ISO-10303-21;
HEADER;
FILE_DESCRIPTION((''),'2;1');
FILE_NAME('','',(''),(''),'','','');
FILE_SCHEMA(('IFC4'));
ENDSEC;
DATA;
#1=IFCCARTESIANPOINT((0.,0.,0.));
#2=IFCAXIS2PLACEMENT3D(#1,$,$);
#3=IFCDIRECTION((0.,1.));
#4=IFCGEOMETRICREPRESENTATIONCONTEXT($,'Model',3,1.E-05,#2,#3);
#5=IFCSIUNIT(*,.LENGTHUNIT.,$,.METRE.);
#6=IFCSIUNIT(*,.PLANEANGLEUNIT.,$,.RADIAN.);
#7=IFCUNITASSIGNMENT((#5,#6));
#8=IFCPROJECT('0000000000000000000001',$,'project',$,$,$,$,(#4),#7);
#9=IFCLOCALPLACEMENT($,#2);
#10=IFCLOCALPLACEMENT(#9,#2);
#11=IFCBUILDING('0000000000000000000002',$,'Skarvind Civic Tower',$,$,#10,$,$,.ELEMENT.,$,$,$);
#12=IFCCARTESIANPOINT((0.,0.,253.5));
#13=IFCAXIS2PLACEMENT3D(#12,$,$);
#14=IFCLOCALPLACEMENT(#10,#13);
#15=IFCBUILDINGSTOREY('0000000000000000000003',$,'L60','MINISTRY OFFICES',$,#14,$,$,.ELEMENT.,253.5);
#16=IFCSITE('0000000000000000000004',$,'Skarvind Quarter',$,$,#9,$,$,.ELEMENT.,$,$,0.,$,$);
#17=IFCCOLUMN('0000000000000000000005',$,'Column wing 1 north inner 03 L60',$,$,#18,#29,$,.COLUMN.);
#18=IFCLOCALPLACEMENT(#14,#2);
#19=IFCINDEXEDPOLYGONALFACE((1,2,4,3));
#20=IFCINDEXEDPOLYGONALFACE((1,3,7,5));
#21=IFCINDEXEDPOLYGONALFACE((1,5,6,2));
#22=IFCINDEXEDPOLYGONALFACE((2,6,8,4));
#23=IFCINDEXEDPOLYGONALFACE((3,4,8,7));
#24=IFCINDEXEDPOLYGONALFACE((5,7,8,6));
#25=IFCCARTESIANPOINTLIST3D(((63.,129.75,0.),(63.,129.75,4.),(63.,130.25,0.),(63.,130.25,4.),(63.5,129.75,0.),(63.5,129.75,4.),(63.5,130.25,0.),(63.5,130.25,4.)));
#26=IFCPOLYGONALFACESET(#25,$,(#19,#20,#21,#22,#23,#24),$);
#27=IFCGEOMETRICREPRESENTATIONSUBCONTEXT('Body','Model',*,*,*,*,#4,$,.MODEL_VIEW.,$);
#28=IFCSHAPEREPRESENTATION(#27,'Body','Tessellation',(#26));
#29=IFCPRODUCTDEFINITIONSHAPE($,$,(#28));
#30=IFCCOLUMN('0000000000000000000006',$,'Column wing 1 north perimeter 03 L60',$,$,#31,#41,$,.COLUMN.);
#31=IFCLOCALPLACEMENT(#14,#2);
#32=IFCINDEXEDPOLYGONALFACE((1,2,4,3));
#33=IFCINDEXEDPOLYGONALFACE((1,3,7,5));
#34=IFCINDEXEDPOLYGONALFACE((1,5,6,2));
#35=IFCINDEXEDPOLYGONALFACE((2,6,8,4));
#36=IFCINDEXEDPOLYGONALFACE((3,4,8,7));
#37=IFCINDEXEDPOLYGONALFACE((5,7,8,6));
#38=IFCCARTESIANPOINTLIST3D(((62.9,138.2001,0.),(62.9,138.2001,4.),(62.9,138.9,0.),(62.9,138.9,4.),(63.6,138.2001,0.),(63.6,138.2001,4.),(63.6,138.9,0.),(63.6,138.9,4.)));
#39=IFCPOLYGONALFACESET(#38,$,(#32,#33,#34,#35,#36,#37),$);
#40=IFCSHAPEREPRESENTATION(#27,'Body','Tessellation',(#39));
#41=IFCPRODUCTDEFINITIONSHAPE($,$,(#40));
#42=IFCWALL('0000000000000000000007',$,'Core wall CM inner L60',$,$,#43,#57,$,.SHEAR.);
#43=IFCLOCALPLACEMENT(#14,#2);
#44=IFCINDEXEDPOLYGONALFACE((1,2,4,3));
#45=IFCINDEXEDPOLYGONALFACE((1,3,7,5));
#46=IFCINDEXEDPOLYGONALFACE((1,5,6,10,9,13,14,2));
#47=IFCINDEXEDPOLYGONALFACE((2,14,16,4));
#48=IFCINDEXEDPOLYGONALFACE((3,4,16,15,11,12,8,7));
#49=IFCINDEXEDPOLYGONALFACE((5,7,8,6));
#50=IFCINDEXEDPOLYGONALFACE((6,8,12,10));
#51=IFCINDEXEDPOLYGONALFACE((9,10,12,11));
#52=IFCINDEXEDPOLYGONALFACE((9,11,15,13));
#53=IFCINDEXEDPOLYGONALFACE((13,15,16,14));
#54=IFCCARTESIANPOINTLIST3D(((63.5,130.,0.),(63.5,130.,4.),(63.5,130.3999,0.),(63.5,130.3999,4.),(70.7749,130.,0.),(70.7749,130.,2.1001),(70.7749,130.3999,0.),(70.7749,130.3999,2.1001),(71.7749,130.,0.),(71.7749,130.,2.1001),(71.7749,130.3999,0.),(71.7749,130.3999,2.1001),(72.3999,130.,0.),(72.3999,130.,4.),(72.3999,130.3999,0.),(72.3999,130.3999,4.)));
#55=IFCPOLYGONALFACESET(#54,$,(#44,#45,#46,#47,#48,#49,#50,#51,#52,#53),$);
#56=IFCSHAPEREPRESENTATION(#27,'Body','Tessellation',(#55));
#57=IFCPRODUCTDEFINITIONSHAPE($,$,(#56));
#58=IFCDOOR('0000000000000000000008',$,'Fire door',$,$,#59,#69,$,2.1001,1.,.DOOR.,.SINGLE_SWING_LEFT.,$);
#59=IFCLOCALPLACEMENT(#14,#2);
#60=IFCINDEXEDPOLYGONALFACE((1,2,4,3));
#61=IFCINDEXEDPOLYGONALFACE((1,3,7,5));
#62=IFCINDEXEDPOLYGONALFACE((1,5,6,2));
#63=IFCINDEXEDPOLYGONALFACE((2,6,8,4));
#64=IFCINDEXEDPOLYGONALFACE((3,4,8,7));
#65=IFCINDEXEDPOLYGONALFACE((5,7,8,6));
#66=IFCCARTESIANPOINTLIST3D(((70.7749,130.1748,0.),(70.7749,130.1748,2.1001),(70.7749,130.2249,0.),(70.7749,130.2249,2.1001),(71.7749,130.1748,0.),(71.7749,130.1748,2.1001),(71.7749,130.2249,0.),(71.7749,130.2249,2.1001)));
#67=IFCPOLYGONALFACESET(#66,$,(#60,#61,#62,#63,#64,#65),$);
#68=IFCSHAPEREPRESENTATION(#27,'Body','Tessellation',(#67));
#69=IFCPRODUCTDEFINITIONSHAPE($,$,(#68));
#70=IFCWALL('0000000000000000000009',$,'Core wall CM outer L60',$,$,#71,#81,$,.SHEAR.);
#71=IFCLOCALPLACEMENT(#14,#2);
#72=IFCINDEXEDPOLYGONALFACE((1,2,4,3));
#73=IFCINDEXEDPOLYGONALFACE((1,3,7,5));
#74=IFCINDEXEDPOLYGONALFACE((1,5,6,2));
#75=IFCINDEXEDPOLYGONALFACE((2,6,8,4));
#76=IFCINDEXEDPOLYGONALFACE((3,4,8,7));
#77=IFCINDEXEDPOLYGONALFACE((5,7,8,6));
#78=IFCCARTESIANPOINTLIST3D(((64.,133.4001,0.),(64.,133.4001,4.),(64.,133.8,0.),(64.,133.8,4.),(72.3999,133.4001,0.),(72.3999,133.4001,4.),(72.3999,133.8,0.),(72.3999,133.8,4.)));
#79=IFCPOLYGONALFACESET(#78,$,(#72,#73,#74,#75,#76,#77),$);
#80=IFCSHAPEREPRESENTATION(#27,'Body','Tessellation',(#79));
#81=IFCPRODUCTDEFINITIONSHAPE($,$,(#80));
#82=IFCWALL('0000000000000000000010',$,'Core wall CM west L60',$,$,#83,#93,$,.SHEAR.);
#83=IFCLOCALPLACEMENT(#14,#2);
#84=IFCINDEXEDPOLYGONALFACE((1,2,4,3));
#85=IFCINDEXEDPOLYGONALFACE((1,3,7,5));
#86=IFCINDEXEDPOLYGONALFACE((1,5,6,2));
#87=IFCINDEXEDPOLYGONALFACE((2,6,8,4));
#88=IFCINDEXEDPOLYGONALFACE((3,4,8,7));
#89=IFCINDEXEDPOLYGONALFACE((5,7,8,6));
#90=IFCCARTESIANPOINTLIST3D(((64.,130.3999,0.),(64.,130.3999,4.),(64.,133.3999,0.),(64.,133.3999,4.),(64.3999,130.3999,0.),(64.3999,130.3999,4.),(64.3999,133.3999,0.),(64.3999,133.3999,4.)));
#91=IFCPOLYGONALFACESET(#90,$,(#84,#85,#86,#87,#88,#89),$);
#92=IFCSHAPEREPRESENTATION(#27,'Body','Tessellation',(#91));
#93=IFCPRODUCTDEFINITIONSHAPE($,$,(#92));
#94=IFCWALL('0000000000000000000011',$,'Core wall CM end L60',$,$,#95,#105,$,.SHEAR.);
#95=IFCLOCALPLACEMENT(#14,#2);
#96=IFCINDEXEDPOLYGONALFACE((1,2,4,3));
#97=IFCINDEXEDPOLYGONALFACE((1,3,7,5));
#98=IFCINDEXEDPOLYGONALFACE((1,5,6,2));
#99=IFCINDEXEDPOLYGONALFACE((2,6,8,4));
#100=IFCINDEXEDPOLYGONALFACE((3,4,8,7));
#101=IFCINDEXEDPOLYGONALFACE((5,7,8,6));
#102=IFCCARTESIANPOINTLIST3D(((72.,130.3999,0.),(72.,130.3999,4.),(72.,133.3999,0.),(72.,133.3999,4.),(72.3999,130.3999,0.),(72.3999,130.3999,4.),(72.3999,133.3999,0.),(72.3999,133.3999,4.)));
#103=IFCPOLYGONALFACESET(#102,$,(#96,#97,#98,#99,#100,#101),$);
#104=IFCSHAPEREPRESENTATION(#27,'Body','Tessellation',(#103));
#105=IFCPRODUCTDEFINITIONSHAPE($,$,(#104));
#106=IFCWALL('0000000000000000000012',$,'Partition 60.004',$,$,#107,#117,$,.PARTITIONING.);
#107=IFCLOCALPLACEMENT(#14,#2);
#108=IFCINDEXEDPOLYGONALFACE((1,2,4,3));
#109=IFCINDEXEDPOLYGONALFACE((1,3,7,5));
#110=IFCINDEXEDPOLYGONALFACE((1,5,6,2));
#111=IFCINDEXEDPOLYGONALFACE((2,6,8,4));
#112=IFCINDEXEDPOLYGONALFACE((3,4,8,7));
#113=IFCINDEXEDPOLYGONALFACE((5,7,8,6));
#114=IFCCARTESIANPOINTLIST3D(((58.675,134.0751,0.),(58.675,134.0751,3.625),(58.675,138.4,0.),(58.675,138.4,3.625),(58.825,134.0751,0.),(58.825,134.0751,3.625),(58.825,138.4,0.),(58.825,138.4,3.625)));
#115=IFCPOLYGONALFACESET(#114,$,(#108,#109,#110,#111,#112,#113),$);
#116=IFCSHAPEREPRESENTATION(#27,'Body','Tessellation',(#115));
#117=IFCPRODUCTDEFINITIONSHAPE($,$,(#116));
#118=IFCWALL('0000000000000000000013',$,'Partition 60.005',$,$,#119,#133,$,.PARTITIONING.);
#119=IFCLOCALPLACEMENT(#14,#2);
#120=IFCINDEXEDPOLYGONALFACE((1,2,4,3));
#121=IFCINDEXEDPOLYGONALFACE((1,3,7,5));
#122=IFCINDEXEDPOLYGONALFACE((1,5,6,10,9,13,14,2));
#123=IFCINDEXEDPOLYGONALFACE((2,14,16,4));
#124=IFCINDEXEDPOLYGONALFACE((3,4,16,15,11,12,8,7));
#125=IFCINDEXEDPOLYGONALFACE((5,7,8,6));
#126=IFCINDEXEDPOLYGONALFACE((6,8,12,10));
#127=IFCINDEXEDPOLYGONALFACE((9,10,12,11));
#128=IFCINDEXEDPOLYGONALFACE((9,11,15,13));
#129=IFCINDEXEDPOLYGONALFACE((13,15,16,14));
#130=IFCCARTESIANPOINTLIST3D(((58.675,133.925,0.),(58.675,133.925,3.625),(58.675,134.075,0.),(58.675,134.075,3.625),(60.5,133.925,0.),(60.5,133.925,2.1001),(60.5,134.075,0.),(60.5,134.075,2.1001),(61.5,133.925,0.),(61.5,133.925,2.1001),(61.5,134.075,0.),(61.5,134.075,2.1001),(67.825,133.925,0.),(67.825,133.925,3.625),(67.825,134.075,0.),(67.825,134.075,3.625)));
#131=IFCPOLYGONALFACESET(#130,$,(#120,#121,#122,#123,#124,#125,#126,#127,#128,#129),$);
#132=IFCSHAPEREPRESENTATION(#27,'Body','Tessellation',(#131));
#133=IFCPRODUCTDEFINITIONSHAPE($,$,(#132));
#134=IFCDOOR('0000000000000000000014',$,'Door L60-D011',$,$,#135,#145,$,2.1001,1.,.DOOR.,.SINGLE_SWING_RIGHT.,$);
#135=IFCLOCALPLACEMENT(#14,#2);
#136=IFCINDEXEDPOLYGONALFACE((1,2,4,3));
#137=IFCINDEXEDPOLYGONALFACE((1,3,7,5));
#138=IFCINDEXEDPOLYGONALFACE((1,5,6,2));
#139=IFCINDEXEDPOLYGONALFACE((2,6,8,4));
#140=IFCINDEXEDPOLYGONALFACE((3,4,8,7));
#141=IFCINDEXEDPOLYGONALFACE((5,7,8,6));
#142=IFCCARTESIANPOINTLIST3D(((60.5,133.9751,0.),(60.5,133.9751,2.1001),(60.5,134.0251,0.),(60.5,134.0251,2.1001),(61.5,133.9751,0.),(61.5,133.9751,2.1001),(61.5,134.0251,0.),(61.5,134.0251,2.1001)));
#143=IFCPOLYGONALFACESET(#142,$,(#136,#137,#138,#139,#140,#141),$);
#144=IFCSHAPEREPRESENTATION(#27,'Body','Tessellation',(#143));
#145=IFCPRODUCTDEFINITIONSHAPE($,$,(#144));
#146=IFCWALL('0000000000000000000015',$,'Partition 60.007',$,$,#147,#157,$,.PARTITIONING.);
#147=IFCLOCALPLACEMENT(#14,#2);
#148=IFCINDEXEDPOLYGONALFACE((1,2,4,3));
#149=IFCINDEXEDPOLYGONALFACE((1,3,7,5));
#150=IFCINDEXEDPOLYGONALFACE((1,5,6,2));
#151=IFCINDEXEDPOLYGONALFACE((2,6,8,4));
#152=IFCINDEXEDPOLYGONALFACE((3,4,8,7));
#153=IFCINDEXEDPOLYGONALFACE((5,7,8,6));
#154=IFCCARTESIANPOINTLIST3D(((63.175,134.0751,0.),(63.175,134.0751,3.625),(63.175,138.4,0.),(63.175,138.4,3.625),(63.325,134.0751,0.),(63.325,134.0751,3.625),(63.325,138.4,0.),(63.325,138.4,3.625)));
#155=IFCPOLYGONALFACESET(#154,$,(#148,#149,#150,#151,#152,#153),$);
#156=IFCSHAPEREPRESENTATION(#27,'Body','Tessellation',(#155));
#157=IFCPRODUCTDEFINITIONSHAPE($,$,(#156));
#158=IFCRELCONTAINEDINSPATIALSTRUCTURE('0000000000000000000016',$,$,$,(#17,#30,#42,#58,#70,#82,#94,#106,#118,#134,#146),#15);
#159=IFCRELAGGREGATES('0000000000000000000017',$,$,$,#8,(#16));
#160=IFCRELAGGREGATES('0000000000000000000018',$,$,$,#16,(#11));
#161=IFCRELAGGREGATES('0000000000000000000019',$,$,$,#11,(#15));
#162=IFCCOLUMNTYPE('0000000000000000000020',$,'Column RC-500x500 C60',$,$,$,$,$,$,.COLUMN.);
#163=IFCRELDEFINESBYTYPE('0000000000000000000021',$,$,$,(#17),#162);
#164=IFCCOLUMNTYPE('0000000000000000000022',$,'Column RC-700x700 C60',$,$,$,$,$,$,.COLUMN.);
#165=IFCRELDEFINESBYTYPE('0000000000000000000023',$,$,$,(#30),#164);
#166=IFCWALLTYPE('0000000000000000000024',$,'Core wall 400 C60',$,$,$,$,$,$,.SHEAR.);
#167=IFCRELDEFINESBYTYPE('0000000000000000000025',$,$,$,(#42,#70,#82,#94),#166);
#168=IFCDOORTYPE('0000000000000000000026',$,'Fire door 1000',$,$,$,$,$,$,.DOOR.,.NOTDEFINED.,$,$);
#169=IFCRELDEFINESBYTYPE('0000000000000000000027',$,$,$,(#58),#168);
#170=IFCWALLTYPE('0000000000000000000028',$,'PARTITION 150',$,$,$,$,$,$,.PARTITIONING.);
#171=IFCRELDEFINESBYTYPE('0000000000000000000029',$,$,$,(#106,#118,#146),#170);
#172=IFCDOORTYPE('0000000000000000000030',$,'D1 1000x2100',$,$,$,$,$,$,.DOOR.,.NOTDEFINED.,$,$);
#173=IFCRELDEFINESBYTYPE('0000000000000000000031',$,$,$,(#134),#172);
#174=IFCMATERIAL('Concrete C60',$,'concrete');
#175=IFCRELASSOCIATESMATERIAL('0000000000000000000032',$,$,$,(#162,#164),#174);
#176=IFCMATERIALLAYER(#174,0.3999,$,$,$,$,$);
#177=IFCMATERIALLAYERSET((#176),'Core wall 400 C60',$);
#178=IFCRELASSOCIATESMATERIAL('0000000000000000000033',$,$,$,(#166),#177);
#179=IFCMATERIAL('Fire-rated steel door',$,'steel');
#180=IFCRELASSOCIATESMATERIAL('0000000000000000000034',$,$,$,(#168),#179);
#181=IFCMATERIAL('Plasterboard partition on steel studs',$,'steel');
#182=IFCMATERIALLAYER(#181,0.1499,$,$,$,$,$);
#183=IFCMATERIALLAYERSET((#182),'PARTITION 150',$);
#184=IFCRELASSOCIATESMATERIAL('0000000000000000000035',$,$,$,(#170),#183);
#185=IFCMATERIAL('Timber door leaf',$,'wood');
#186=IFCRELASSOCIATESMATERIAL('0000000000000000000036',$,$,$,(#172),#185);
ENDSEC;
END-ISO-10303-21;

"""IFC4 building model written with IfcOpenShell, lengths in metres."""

from ifc_helpers import new_model, si_unit, direction, frame, frame_2d, origin, origin_2d, place, context, subcontext, project, spatial, rectangle, extrude, material, layer, layer_set, material_profile, profile_set, type_object, element, fill, save


model = new_model("IFC4")

# Units and contexts
model_context = context("Model", 3, precision=1e-05, world=origin(), true_north=direction((0.0, 1.0)))
body_context = subcontext(model_context, "Body", "Model", "MODEL_VIEW")
ifc_project = project(units=[si_unit("LENGTHUNIT", "METRE"), si_unit("PLANEANGLEUNIT", "RADIAN")], contexts=[model_context])

# Site, building, storey
site_placement = place(None, origin())
site = spatial("IfcSite", under=ifc_project, at=site_placement, Name="Skarvind Quarter", CompositionType="ELEMENT", RefElevation=0.0)
building_placement = place(site_placement, origin())
building = spatial("IfcBuilding", under=site, at=building_placement, Name="Skarvind Civic Tower", CompositionType="ELEMENT")
storey_placement = place(building_placement, frame((0.0, 0.0, 253.5)))
storey = spatial("IfcBuildingStorey", under=building, at=storey_placement, Name="L60", Description="MINISTRY OFFICES", CompositionType="ELEMENT", Elevation=253.5)

# Columns
ifc_material_1 = material(Name="Concrete C60", Category="concrete")
ifc_material_profile_1 = material_profile(ifc_material_1, rectangle(XDim=0.5, YDim=0.5, at=origin_2d()), Name="RC-500x500")
ifc_profile_set_1 = profile_set([ifc_material_profile_1], Name="Concrete C60")
column_type_1 = type_object("IfcColumnType", Name="Column RC-500x500 C60", PredefinedType="COLUMN", material=ifc_profile_set_1)
column_1_placement = place(storey_placement, frame((63.25, 130.0, 0.0), z_axis=(0.0, 0.0, 1.0), x_axis=(1.0, 0.0, 0.0)))
element("IfcColumn", 1, at=column_1_placement, inside=storey, type_object=column_type_1, Name="Column wing 1 north inner 03 L60", PredefinedType="COLUMN", context=body_context, shape_type="SweptSolid", body=[
    extrude(rectangle(XDim=0.5, YDim=0.5, at=origin_2d()), origin(), (0.0, 0.0, 1.0), 4.0),
])
ifc_material_profile_2 = material_profile(ifc_material_1, rectangle(XDim=0.7, YDim=0.7, at=origin_2d()), Name="RC-700x700")
ifc_profile_set_2 = profile_set([ifc_material_profile_2], Name="Concrete C60")
column_type_2 = type_object("IfcColumnType", Name="Column RC-700x700 C60", PredefinedType="COLUMN", material=ifc_profile_set_2)
column_2_placement = place(storey_placement, frame((63.25, 138.55, 0.0), z_axis=(0.0, 0.0, 1.0), x_axis=(1.0, 0.0, 0.0)))
element("IfcColumn", 2, at=column_2_placement, inside=storey, type_object=column_type_2, Name="Column wing 1 north perimeter 03 L60", PredefinedType="COLUMN", context=body_context, shape_type="SweptSolid", body=[
    extrude(rectangle(XDim=0.7, YDim=0.7, at=origin_2d()), origin(), (0.0, 0.0, 1.0), 4.0),
])

# Wall, opening, door
ifc_layer_1 = layer(ifc_material_1, 0.3999)
ifc_layer_set_1 = layer_set([ifc_layer_1], Name="Core wall 400 C60")
wall_type_1 = type_object("IfcWallType", Name="Core wall 400 C60", PredefinedType="SHEAR", material=ifc_layer_set_1)
wall_1_placement = place(storey_placement, frame((63.5, 130.2, 0.0), z_axis=(0.0, 0.0, 1.0), x_axis=(1.0, 0.0, 0.0)))
wall_1 = element("IfcWall", 3, at=wall_1_placement, inside=storey, type_object=wall_type_1, Name="Core wall CM inner L60", PredefinedType="SHEAR", context=body_context, shape_type="SweptSolid", body=[
    extrude(rectangle(XDim=8.8999, YDim=0.3999, at=frame_2d((4.45, 0.0))), origin(), (0.0, 0.0, 1.0), 4.0),
])
opening_1_placement = place(wall_1_placement, frame((7.2749, 0.0, 0.0)))
opening_1 = element("IfcOpeningElement", 4, at=opening_1_placement, cuts=wall_1, PredefinedType="OPENING", context=body_context, shape_type="SweptSolid", body=[
    extrude(rectangle(XDim=1.0, YDim=2.1001, at=frame_2d((0.5, 1.05))), frame((0.0, 0.21, 0.0), z_axis=(0.0, -1.0, 0.0), x_axis=(1.0, 0.0, 0.0)), (0.0, 0.0, 1.0), 0.4199),
])
ifc_material_2 = material(Name="Fire-rated steel door", Category="steel")
door_type_1 = type_object("IfcDoorType", Name="Fire door 1000", OperationType="NOTDEFINED", PredefinedType="DOOR", material=ifc_material_2)
door_1_placement = place(opening_1_placement, origin())
door_1 = element("IfcDoor", 5, at=door_1_placement, inside=storey, type_object=door_type_1, Name="Fire door", OperationType="SINGLE_SWING_LEFT", OverallHeight=2.1001, OverallWidth=1.0, PredefinedType="DOOR", context=body_context, shape_type="SweptSolid", body=[
    extrude(rectangle(XDim=1.0, YDim=2.1001, at=frame_2d((0.5, 1.05))), frame((0.0, 0.0249, 0.0), z_axis=(0.0, -1.0, 0.0), x_axis=(1.0, 0.0, 0.0)), (0.0, 0.0, 1.0), 0.05),
])
fill(opening_1, door_1)

# Walls
wall_2_placement = place(storey_placement, frame((64.0, 133.6001, 0.0), z_axis=(0.0, 0.0, 1.0), x_axis=(1.0, 0.0, 0.0)))
element("IfcWall", 6, at=wall_2_placement, inside=storey, type_object=wall_type_1, Name="Core wall CM outer L60", PredefinedType="SHEAR", context=body_context, shape_type="SweptSolid", body=[
    extrude(rectangle(XDim=8.3999, YDim=0.3999, at=frame_2d((4.2, 0.0))), origin(), (0.0, 0.0, 1.0), 4.0),
])
for number, where, z_axis, x_axis, name in (
    (7, (64.2, 130.3999, 0.0), (0.0, 0.0, 1.0), (0.0, 1.0, 0.0), "Core wall CM west L60"),
    (8, (72.2, 130.3999, 0.0), (0.0, 0.0, 1.0), (0.0, 1.0, 0.0), "Core wall CM end L60"),
):
    element("IfcWall", number, at=place(storey_placement, frame(where, z_axis=z_axis, x_axis=x_axis)), inside=storey, type_object=wall_type_1, Name=name, PredefinedType="SHEAR", context=body_context, shape_type="SweptSolid", body=[
        extrude(rectangle(XDim=3.0, YDim=0.3999, at=frame_2d((1.5, 0.0))), origin(), (0.0, 0.0, 1.0), 4.0),
    ])
ifc_material_3 = material(Name="Plasterboard partition on steel studs", Category="steel")
ifc_layer_2 = layer(ifc_material_3, 0.1499)
ifc_layer_set_2 = layer_set([ifc_layer_2], Name="PARTITION 150")
wall_type_2 = type_object("IfcWallType", Name="PARTITION 150", PredefinedType="PARTITIONING", material=ifc_layer_set_2)
wall_3_placement = place(storey_placement, frame((58.75, 134.075, 0.0), z_axis=(0.0, 0.0, 1.0), x_axis=(0.0, 1.0, 0.0)))
element("IfcWall", 9, at=wall_3_placement, inside=storey, type_object=wall_type_2, Name="Partition 60.004", PredefinedType="PARTITIONING", context=body_context, shape_type="SweptSolid", body=[
    extrude(rectangle(XDim=4.325, YDim=0.1499, at=frame_2d((2.1626, 0.0))), origin(), (0.0, 0.0, 1.0), 3.625),
])

# Wall, opening, door
wall_4_placement = place(storey_placement, frame((67.825, 134.0, 0.0), z_axis=(0.0, 0.0, 1.0), x_axis=(-1.0, 0.0, 0.0)))
wall_4 = element("IfcWall", 10, at=wall_4_placement, inside=storey, type_object=wall_type_2, Name="Partition 60.005", PredefinedType="PARTITIONING", context=body_context, shape_type="SweptSolid", body=[
    extrude(rectangle(XDim=9.1499, YDim=0.1499, at=frame_2d((4.575, 0.0))), origin(), (0.0, 0.0, 1.0), 3.625),
])
opening_2_placement = place(wall_4_placement, frame((6.325, 0.0, 0.0)))
opening_2 = element("IfcOpeningElement", 11, at=opening_2_placement, cuts=wall_4, PredefinedType="OPENING", context=body_context, shape_type="SweptSolid", body=[
    extrude(rectangle(XDim=1.0, YDim=2.1001, at=frame_2d((0.5, 1.05))), frame((0.0, 0.085, 0.0), z_axis=(0.0, -1.0, 0.0), x_axis=(1.0, 0.0, 0.0)), (0.0, 0.0, 1.0), 0.1699),
])
ifc_material_4 = material(Name="Timber door leaf", Category="wood")
door_type_2 = type_object("IfcDoorType", Name="D1 1000x2100", OperationType="NOTDEFINED", PredefinedType="DOOR", material=ifc_material_4)
door_2_placement = place(opening_2_placement, origin())
door_2 = element("IfcDoor", 12, at=door_2_placement, inside=storey, type_object=door_type_2, Name="Door L60-D011", OperationType="SINGLE_SWING_RIGHT", OverallHeight=2.1001, OverallWidth=1.0, PredefinedType="DOOR", context=body_context, shape_type="SweptSolid", body=[
    extrude(rectangle(XDim=1.0, YDim=2.1001, at=frame_2d((0.5, 1.05))), frame((0.0, 0.0249, 0.0), z_axis=(0.0, -1.0, 0.0), x_axis=(1.0, 0.0, 0.0)), (0.0, 0.0, 1.0), 0.05),
])
fill(opening_2, door_2)

# Wall
wall_5_placement = place(storey_placement, frame((63.25, 134.075, 0.0), z_axis=(0.0, 0.0, 1.0), x_axis=(0.0, 1.0, 0.0)))
element("IfcWall", 13, at=wall_5_placement, inside=storey, type_object=wall_type_2, Name="Partition 60.007", PredefinedType="PARTITIONING", context=body_context, shape_type="SweptSolid", body=[
    extrude(rectangle(XDim=4.325, YDim=0.1499, at=frame_2d((2.1626, 0.0))), origin(), (0.0, 0.0, 1.0), 3.625),
])

save(model, "model.ifc")
